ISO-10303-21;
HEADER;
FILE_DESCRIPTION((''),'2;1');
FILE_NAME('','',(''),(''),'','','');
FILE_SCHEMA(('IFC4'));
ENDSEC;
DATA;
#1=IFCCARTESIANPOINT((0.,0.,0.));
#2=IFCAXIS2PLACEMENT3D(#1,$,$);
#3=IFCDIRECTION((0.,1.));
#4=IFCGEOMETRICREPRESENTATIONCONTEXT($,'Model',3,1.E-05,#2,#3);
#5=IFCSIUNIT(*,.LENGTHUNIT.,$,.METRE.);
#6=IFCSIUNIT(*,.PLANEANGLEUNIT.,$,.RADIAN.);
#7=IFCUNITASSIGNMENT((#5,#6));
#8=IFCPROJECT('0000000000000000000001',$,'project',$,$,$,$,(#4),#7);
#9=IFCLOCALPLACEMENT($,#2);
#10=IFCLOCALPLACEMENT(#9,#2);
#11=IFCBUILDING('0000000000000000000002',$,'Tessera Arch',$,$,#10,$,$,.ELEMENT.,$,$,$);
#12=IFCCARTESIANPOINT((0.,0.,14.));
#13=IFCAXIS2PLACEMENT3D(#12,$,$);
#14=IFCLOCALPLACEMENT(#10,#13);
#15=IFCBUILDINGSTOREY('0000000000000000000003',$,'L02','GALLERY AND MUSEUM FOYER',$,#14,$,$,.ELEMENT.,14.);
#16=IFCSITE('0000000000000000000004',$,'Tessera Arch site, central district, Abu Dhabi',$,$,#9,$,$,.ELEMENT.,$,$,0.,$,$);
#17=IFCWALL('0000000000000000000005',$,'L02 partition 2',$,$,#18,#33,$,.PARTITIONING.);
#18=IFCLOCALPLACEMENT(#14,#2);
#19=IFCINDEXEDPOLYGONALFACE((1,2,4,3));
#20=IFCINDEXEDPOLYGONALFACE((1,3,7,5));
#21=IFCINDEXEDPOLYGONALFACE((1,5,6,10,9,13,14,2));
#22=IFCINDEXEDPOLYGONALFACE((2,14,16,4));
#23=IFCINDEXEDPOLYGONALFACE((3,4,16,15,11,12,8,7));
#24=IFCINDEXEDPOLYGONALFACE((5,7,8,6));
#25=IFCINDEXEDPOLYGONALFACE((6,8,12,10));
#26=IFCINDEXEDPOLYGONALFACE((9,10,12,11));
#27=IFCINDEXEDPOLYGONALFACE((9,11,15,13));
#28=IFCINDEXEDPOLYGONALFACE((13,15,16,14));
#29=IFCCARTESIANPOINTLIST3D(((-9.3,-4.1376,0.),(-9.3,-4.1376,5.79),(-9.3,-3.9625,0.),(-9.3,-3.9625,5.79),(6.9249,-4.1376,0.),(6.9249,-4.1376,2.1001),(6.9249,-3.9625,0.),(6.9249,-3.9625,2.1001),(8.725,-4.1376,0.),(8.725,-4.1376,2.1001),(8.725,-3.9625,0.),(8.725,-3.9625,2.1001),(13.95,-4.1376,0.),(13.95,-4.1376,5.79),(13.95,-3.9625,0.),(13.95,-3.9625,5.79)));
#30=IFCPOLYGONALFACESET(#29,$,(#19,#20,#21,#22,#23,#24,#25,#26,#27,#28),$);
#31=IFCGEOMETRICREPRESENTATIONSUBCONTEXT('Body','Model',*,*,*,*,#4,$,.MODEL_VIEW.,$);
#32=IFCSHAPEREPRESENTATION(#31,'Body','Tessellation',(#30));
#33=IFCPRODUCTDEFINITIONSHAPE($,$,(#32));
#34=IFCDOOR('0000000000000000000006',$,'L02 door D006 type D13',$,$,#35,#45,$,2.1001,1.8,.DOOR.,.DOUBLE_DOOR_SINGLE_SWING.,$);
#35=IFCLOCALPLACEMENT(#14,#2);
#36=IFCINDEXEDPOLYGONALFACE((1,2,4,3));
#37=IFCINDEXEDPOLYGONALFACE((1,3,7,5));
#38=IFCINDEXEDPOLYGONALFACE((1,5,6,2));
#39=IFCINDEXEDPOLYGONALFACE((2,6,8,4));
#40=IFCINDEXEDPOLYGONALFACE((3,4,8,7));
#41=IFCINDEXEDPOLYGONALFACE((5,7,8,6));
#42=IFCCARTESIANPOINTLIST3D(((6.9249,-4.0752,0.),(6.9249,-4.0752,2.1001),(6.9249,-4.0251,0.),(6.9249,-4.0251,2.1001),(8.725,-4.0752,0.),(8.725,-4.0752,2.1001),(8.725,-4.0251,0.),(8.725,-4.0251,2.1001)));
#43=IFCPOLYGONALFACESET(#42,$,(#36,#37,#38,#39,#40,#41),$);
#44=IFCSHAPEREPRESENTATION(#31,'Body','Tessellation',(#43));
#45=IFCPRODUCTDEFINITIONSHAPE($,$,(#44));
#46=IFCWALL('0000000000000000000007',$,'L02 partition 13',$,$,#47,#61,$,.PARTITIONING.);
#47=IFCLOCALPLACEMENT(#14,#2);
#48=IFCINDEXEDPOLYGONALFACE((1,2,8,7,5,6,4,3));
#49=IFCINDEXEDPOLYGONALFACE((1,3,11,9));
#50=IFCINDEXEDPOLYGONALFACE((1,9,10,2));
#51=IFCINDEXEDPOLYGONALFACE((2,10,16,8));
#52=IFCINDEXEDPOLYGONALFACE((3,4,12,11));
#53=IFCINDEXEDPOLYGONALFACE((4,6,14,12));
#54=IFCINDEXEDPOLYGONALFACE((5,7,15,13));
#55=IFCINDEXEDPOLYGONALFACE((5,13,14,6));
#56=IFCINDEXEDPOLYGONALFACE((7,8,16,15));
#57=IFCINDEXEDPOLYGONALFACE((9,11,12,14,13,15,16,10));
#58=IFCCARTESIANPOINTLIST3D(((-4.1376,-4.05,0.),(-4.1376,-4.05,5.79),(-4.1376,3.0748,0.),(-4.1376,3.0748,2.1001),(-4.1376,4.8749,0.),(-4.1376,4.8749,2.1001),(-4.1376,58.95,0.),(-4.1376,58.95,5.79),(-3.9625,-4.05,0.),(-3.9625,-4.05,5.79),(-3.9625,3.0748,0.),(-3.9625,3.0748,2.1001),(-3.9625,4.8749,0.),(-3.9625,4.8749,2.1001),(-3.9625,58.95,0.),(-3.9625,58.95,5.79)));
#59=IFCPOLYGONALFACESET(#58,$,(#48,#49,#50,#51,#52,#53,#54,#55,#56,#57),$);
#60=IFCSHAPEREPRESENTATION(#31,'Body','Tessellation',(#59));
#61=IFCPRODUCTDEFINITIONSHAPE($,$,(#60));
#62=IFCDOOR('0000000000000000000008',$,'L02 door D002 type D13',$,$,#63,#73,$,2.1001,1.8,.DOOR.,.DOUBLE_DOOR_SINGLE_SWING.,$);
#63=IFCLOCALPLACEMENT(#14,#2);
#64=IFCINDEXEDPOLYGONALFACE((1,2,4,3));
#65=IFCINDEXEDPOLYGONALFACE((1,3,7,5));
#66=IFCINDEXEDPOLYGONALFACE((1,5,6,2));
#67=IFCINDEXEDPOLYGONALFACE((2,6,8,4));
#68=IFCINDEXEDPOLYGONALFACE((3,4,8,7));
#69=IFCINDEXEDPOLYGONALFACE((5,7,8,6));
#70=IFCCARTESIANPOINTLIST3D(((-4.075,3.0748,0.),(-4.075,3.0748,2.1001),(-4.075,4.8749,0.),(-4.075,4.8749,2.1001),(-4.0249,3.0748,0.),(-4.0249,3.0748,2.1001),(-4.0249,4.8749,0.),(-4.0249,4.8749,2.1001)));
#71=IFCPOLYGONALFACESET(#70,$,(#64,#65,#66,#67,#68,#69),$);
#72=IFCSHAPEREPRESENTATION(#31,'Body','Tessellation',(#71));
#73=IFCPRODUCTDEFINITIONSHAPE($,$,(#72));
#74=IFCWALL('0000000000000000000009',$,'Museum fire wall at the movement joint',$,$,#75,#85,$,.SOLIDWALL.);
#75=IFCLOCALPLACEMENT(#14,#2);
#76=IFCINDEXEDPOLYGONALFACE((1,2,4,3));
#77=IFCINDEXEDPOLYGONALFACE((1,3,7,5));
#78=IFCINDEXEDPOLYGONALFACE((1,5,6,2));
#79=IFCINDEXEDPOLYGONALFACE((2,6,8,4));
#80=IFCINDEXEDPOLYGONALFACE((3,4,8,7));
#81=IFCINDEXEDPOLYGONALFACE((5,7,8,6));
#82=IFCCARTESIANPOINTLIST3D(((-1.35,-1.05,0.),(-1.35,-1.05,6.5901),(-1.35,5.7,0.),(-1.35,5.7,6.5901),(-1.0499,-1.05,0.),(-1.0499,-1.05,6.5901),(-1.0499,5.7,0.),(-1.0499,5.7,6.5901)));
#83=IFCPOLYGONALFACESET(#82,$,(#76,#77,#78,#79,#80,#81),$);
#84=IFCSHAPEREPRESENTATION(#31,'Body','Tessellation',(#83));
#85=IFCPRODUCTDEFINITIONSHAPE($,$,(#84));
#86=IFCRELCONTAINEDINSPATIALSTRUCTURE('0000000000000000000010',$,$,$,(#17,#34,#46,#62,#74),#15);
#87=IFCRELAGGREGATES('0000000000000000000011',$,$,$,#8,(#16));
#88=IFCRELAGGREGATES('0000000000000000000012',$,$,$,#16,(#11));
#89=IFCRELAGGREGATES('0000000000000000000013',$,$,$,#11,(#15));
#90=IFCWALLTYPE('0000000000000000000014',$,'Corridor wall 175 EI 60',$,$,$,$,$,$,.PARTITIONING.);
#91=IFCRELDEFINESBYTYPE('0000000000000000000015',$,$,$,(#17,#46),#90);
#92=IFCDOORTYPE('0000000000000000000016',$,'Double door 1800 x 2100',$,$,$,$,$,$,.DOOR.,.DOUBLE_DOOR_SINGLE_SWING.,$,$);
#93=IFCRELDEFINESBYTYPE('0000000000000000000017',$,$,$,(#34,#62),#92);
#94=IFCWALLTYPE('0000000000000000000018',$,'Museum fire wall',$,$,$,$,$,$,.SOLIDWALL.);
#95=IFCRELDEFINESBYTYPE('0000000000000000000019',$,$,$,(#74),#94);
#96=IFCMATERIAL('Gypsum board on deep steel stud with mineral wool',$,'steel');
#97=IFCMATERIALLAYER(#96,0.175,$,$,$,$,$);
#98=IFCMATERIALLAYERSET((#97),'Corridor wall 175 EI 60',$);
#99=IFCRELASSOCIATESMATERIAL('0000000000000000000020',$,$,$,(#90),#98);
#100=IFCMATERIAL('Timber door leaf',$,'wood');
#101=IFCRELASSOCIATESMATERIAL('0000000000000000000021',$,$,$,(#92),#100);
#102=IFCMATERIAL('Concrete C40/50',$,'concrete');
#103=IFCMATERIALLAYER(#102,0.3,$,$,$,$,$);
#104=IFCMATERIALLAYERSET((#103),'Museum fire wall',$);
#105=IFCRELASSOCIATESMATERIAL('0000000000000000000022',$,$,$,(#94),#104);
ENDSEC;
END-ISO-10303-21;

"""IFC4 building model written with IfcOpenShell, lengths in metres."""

from ifc_helpers import new_model, si_unit, direction, frame, frame_2d, origin, place, context, subcontext, project, spatial, rectangle, extrude, material, layer, layer_set, type_object, element, fill, save


model = new_model("IFC4")

# Units and contexts
model_context = context("Model", 3, precision=1e-05, world=origin(), true_north=direction((0.0, 1.0)))
body_context = subcontext(model_context, "Body", "Model", "MODEL_VIEW")
ifc_project = project(units=[si_unit("LENGTHUNIT", "METRE"), si_unit("PLANEANGLEUNIT", "RADIAN")], contexts=[model_context])

# Site, building, storey
site_placement = place(None, origin())
site = spatial("IfcSite", under=ifc_project, at=site_placement, Name="Tessera Arch site, central district, Abu Dhabi", CompositionType="ELEMENT", RefElevation=0.0)
building_placement = place(site_placement, origin())
building = spatial("IfcBuilding", under=site, at=building_placement, Name="Tessera Arch", CompositionType="ELEMENT")
storey_placement = place(building_placement, frame((0.0, 0.0, 14.0)))
storey = spatial("IfcBuildingStorey", under=building, at=storey_placement, Name="L02", Description="GALLERY AND MUSEUM FOYER", CompositionType="ELEMENT", Elevation=14.0)

# Walls, openings, doors
ifc_material_1 = material(Name="Gypsum board on deep steel stud with mineral wool", Category="steel")
ifc_layer_1 = layer(ifc_material_1, 0.175)
ifc_layer_set_1 = layer_set([ifc_layer_1], Name="Corridor wall 175 EI 60")
wall_type_1 = type_object("IfcWallType", Name="Corridor wall 175 EI 60", PredefinedType="PARTITIONING", material=ifc_layer_set_1)
wall_1_placement = place(storey_placement, frame((-9.3, -4.05, 0.0), z_axis=(0.0, 0.0, 1.0), x_axis=(1.0, 0.0, 0.0)))
wall_1 = element("IfcWall", 1, at=wall_1_placement, inside=storey, type_object=wall_type_1, Name="L02 partition 2", PredefinedType="PARTITIONING", context=body_context, shape_type="SweptSolid", body=[
    extrude(rectangle(XDim=23.25, YDim=0.175, at=frame_2d((11.625, 0.0))), origin(), (0.0, 0.0, 1.0), 5.79),
])
opening_1_placement = place(wall_1_placement, frame((16.2251, 0.0, 0.0)))
opening_1 = element("IfcOpeningElement", 2, at=opening_1_placement, cuts=wall_1, PredefinedType="OPENING", context=body_context, shape_type="SweptSolid", body=[
    extrude(rectangle(XDim=1.8, YDim=2.1001, at=frame_2d((0.8999, 1.05))), frame((0.0, 0.0974, 0.0), z_axis=(0.0, -1.0, 0.0), x_axis=(1.0, 0.0, 0.0)), (0.0, 0.0, 1.0), 0.1951),
])
ifc_material_2 = material(Name="Timber door leaf", Category="wood")
door_type = type_object("IfcDoorType", Name="Double door 1800 x 2100", OperationType="DOUBLE_DOOR_SINGLE_SWING", PredefinedType="DOOR", material=ifc_material_2)
door_1_placement = place(opening_1_placement, origin())
door_1 = element("IfcDoor", 3, at=door_1_placement, inside=storey, type_object=door_type, Name="L02 door D006 type D13", OperationType="DOUBLE_DOOR_SINGLE_SWING", OverallHeight=2.1001, OverallWidth=1.8, PredefinedType="DOOR", context=body_context, shape_type="SweptSolid", body=[
    extrude(rectangle(XDim=1.8, YDim=2.1001, at=frame_2d((0.8999, 1.05))), frame((0.0, 0.0249, 0.0), z_axis=(0.0, -1.0, 0.0), x_axis=(1.0, 0.0, 0.0)), (0.0, 0.0, 1.0), 0.05),
])
fill(opening_1, door_1)
wall_2_placement = place(storey_placement, frame((-4.05, -4.05, 0.0), z_axis=(0.0, 0.0, 1.0), x_axis=(0.0, 1.0, 0.0)))
wall_2 = element("IfcWall", 4, at=wall_2_placement, inside=storey, type_object=wall_type_1, Name="L02 partition 13", PredefinedType="PARTITIONING", context=body_context, shape_type="SweptSolid", body=[
    extrude(rectangle(XDim=63.0, YDim=0.175, at=frame_2d((31.5, 0.0))), origin(), (0.0, 0.0, 1.0), 5.79),
])
opening_2_placement = place(wall_2_placement, frame((7.125, 0.0, 0.0)))
opening_2 = element("IfcOpeningElement", 5, at=opening_2_placement, cuts=wall_2, PredefinedType="OPENING", context=body_context, shape_type="SweptSolid", body=[
    extrude(rectangle(XDim=1.8, YDim=2.1001, at=frame_2d((0.8999, 1.05))), frame((0.0, 0.0974, 0.0), z_axis=(0.0, -1.0, 0.0), x_axis=(1.0, 0.0, 0.0)), (0.0, 0.0, 1.0), 0.1951),
])
door_2_placement = place(opening_2_placement, origin())
door_2 = element("IfcDoor", 6, at=door_2_placement, inside=storey, type_object=door_type, Name="L02 door D002 type D13", OperationType="DOUBLE_DOOR_SINGLE_SWING", OverallHeight=2.1001, OverallWidth=1.8, PredefinedType="DOOR", context=body_context, shape_type="SweptSolid", body=[
    extrude(rectangle(XDim=1.8, YDim=2.1001, at=frame_2d((0.8999, 1.05))), frame((0.0, 0.0249, 0.0), z_axis=(0.0, -1.0, 0.0), x_axis=(1.0, 0.0, 0.0)), (0.0, 0.0, 1.0), 0.05),
])
fill(opening_2, door_2)

# Wall
ifc_material_3 = material(Name="Concrete C40/50", Category="concrete")
ifc_layer_2 = layer(ifc_material_3, 0.3)
ifc_layer_set_2 = layer_set([ifc_layer_2], Name="Museum fire wall")
wall_type_2 = type_object("IfcWallType", Name="Museum fire wall", PredefinedType="SOLIDWALL", material=ifc_layer_set_2)
wall_3_placement = place(storey_placement, frame((-1.2, -1.05, 0.0), z_axis=(0.0, 0.0, 1.0), x_axis=(0.0, 1.0, 0.0)))
element("IfcWall", 7, at=wall_3_placement, inside=storey, type_object=wall_type_2, Name="Museum fire wall at the movement joint", PredefinedType="SOLIDWALL", context=body_context, shape_type="SweptSolid", body=[
    extrude(rectangle(XDim=6.75, YDim=0.3, at=frame_2d((3.375, 0.0))), origin(), (0.0, 0.0, 1.0), 6.5901),
])

save(model, "model.ifc")
